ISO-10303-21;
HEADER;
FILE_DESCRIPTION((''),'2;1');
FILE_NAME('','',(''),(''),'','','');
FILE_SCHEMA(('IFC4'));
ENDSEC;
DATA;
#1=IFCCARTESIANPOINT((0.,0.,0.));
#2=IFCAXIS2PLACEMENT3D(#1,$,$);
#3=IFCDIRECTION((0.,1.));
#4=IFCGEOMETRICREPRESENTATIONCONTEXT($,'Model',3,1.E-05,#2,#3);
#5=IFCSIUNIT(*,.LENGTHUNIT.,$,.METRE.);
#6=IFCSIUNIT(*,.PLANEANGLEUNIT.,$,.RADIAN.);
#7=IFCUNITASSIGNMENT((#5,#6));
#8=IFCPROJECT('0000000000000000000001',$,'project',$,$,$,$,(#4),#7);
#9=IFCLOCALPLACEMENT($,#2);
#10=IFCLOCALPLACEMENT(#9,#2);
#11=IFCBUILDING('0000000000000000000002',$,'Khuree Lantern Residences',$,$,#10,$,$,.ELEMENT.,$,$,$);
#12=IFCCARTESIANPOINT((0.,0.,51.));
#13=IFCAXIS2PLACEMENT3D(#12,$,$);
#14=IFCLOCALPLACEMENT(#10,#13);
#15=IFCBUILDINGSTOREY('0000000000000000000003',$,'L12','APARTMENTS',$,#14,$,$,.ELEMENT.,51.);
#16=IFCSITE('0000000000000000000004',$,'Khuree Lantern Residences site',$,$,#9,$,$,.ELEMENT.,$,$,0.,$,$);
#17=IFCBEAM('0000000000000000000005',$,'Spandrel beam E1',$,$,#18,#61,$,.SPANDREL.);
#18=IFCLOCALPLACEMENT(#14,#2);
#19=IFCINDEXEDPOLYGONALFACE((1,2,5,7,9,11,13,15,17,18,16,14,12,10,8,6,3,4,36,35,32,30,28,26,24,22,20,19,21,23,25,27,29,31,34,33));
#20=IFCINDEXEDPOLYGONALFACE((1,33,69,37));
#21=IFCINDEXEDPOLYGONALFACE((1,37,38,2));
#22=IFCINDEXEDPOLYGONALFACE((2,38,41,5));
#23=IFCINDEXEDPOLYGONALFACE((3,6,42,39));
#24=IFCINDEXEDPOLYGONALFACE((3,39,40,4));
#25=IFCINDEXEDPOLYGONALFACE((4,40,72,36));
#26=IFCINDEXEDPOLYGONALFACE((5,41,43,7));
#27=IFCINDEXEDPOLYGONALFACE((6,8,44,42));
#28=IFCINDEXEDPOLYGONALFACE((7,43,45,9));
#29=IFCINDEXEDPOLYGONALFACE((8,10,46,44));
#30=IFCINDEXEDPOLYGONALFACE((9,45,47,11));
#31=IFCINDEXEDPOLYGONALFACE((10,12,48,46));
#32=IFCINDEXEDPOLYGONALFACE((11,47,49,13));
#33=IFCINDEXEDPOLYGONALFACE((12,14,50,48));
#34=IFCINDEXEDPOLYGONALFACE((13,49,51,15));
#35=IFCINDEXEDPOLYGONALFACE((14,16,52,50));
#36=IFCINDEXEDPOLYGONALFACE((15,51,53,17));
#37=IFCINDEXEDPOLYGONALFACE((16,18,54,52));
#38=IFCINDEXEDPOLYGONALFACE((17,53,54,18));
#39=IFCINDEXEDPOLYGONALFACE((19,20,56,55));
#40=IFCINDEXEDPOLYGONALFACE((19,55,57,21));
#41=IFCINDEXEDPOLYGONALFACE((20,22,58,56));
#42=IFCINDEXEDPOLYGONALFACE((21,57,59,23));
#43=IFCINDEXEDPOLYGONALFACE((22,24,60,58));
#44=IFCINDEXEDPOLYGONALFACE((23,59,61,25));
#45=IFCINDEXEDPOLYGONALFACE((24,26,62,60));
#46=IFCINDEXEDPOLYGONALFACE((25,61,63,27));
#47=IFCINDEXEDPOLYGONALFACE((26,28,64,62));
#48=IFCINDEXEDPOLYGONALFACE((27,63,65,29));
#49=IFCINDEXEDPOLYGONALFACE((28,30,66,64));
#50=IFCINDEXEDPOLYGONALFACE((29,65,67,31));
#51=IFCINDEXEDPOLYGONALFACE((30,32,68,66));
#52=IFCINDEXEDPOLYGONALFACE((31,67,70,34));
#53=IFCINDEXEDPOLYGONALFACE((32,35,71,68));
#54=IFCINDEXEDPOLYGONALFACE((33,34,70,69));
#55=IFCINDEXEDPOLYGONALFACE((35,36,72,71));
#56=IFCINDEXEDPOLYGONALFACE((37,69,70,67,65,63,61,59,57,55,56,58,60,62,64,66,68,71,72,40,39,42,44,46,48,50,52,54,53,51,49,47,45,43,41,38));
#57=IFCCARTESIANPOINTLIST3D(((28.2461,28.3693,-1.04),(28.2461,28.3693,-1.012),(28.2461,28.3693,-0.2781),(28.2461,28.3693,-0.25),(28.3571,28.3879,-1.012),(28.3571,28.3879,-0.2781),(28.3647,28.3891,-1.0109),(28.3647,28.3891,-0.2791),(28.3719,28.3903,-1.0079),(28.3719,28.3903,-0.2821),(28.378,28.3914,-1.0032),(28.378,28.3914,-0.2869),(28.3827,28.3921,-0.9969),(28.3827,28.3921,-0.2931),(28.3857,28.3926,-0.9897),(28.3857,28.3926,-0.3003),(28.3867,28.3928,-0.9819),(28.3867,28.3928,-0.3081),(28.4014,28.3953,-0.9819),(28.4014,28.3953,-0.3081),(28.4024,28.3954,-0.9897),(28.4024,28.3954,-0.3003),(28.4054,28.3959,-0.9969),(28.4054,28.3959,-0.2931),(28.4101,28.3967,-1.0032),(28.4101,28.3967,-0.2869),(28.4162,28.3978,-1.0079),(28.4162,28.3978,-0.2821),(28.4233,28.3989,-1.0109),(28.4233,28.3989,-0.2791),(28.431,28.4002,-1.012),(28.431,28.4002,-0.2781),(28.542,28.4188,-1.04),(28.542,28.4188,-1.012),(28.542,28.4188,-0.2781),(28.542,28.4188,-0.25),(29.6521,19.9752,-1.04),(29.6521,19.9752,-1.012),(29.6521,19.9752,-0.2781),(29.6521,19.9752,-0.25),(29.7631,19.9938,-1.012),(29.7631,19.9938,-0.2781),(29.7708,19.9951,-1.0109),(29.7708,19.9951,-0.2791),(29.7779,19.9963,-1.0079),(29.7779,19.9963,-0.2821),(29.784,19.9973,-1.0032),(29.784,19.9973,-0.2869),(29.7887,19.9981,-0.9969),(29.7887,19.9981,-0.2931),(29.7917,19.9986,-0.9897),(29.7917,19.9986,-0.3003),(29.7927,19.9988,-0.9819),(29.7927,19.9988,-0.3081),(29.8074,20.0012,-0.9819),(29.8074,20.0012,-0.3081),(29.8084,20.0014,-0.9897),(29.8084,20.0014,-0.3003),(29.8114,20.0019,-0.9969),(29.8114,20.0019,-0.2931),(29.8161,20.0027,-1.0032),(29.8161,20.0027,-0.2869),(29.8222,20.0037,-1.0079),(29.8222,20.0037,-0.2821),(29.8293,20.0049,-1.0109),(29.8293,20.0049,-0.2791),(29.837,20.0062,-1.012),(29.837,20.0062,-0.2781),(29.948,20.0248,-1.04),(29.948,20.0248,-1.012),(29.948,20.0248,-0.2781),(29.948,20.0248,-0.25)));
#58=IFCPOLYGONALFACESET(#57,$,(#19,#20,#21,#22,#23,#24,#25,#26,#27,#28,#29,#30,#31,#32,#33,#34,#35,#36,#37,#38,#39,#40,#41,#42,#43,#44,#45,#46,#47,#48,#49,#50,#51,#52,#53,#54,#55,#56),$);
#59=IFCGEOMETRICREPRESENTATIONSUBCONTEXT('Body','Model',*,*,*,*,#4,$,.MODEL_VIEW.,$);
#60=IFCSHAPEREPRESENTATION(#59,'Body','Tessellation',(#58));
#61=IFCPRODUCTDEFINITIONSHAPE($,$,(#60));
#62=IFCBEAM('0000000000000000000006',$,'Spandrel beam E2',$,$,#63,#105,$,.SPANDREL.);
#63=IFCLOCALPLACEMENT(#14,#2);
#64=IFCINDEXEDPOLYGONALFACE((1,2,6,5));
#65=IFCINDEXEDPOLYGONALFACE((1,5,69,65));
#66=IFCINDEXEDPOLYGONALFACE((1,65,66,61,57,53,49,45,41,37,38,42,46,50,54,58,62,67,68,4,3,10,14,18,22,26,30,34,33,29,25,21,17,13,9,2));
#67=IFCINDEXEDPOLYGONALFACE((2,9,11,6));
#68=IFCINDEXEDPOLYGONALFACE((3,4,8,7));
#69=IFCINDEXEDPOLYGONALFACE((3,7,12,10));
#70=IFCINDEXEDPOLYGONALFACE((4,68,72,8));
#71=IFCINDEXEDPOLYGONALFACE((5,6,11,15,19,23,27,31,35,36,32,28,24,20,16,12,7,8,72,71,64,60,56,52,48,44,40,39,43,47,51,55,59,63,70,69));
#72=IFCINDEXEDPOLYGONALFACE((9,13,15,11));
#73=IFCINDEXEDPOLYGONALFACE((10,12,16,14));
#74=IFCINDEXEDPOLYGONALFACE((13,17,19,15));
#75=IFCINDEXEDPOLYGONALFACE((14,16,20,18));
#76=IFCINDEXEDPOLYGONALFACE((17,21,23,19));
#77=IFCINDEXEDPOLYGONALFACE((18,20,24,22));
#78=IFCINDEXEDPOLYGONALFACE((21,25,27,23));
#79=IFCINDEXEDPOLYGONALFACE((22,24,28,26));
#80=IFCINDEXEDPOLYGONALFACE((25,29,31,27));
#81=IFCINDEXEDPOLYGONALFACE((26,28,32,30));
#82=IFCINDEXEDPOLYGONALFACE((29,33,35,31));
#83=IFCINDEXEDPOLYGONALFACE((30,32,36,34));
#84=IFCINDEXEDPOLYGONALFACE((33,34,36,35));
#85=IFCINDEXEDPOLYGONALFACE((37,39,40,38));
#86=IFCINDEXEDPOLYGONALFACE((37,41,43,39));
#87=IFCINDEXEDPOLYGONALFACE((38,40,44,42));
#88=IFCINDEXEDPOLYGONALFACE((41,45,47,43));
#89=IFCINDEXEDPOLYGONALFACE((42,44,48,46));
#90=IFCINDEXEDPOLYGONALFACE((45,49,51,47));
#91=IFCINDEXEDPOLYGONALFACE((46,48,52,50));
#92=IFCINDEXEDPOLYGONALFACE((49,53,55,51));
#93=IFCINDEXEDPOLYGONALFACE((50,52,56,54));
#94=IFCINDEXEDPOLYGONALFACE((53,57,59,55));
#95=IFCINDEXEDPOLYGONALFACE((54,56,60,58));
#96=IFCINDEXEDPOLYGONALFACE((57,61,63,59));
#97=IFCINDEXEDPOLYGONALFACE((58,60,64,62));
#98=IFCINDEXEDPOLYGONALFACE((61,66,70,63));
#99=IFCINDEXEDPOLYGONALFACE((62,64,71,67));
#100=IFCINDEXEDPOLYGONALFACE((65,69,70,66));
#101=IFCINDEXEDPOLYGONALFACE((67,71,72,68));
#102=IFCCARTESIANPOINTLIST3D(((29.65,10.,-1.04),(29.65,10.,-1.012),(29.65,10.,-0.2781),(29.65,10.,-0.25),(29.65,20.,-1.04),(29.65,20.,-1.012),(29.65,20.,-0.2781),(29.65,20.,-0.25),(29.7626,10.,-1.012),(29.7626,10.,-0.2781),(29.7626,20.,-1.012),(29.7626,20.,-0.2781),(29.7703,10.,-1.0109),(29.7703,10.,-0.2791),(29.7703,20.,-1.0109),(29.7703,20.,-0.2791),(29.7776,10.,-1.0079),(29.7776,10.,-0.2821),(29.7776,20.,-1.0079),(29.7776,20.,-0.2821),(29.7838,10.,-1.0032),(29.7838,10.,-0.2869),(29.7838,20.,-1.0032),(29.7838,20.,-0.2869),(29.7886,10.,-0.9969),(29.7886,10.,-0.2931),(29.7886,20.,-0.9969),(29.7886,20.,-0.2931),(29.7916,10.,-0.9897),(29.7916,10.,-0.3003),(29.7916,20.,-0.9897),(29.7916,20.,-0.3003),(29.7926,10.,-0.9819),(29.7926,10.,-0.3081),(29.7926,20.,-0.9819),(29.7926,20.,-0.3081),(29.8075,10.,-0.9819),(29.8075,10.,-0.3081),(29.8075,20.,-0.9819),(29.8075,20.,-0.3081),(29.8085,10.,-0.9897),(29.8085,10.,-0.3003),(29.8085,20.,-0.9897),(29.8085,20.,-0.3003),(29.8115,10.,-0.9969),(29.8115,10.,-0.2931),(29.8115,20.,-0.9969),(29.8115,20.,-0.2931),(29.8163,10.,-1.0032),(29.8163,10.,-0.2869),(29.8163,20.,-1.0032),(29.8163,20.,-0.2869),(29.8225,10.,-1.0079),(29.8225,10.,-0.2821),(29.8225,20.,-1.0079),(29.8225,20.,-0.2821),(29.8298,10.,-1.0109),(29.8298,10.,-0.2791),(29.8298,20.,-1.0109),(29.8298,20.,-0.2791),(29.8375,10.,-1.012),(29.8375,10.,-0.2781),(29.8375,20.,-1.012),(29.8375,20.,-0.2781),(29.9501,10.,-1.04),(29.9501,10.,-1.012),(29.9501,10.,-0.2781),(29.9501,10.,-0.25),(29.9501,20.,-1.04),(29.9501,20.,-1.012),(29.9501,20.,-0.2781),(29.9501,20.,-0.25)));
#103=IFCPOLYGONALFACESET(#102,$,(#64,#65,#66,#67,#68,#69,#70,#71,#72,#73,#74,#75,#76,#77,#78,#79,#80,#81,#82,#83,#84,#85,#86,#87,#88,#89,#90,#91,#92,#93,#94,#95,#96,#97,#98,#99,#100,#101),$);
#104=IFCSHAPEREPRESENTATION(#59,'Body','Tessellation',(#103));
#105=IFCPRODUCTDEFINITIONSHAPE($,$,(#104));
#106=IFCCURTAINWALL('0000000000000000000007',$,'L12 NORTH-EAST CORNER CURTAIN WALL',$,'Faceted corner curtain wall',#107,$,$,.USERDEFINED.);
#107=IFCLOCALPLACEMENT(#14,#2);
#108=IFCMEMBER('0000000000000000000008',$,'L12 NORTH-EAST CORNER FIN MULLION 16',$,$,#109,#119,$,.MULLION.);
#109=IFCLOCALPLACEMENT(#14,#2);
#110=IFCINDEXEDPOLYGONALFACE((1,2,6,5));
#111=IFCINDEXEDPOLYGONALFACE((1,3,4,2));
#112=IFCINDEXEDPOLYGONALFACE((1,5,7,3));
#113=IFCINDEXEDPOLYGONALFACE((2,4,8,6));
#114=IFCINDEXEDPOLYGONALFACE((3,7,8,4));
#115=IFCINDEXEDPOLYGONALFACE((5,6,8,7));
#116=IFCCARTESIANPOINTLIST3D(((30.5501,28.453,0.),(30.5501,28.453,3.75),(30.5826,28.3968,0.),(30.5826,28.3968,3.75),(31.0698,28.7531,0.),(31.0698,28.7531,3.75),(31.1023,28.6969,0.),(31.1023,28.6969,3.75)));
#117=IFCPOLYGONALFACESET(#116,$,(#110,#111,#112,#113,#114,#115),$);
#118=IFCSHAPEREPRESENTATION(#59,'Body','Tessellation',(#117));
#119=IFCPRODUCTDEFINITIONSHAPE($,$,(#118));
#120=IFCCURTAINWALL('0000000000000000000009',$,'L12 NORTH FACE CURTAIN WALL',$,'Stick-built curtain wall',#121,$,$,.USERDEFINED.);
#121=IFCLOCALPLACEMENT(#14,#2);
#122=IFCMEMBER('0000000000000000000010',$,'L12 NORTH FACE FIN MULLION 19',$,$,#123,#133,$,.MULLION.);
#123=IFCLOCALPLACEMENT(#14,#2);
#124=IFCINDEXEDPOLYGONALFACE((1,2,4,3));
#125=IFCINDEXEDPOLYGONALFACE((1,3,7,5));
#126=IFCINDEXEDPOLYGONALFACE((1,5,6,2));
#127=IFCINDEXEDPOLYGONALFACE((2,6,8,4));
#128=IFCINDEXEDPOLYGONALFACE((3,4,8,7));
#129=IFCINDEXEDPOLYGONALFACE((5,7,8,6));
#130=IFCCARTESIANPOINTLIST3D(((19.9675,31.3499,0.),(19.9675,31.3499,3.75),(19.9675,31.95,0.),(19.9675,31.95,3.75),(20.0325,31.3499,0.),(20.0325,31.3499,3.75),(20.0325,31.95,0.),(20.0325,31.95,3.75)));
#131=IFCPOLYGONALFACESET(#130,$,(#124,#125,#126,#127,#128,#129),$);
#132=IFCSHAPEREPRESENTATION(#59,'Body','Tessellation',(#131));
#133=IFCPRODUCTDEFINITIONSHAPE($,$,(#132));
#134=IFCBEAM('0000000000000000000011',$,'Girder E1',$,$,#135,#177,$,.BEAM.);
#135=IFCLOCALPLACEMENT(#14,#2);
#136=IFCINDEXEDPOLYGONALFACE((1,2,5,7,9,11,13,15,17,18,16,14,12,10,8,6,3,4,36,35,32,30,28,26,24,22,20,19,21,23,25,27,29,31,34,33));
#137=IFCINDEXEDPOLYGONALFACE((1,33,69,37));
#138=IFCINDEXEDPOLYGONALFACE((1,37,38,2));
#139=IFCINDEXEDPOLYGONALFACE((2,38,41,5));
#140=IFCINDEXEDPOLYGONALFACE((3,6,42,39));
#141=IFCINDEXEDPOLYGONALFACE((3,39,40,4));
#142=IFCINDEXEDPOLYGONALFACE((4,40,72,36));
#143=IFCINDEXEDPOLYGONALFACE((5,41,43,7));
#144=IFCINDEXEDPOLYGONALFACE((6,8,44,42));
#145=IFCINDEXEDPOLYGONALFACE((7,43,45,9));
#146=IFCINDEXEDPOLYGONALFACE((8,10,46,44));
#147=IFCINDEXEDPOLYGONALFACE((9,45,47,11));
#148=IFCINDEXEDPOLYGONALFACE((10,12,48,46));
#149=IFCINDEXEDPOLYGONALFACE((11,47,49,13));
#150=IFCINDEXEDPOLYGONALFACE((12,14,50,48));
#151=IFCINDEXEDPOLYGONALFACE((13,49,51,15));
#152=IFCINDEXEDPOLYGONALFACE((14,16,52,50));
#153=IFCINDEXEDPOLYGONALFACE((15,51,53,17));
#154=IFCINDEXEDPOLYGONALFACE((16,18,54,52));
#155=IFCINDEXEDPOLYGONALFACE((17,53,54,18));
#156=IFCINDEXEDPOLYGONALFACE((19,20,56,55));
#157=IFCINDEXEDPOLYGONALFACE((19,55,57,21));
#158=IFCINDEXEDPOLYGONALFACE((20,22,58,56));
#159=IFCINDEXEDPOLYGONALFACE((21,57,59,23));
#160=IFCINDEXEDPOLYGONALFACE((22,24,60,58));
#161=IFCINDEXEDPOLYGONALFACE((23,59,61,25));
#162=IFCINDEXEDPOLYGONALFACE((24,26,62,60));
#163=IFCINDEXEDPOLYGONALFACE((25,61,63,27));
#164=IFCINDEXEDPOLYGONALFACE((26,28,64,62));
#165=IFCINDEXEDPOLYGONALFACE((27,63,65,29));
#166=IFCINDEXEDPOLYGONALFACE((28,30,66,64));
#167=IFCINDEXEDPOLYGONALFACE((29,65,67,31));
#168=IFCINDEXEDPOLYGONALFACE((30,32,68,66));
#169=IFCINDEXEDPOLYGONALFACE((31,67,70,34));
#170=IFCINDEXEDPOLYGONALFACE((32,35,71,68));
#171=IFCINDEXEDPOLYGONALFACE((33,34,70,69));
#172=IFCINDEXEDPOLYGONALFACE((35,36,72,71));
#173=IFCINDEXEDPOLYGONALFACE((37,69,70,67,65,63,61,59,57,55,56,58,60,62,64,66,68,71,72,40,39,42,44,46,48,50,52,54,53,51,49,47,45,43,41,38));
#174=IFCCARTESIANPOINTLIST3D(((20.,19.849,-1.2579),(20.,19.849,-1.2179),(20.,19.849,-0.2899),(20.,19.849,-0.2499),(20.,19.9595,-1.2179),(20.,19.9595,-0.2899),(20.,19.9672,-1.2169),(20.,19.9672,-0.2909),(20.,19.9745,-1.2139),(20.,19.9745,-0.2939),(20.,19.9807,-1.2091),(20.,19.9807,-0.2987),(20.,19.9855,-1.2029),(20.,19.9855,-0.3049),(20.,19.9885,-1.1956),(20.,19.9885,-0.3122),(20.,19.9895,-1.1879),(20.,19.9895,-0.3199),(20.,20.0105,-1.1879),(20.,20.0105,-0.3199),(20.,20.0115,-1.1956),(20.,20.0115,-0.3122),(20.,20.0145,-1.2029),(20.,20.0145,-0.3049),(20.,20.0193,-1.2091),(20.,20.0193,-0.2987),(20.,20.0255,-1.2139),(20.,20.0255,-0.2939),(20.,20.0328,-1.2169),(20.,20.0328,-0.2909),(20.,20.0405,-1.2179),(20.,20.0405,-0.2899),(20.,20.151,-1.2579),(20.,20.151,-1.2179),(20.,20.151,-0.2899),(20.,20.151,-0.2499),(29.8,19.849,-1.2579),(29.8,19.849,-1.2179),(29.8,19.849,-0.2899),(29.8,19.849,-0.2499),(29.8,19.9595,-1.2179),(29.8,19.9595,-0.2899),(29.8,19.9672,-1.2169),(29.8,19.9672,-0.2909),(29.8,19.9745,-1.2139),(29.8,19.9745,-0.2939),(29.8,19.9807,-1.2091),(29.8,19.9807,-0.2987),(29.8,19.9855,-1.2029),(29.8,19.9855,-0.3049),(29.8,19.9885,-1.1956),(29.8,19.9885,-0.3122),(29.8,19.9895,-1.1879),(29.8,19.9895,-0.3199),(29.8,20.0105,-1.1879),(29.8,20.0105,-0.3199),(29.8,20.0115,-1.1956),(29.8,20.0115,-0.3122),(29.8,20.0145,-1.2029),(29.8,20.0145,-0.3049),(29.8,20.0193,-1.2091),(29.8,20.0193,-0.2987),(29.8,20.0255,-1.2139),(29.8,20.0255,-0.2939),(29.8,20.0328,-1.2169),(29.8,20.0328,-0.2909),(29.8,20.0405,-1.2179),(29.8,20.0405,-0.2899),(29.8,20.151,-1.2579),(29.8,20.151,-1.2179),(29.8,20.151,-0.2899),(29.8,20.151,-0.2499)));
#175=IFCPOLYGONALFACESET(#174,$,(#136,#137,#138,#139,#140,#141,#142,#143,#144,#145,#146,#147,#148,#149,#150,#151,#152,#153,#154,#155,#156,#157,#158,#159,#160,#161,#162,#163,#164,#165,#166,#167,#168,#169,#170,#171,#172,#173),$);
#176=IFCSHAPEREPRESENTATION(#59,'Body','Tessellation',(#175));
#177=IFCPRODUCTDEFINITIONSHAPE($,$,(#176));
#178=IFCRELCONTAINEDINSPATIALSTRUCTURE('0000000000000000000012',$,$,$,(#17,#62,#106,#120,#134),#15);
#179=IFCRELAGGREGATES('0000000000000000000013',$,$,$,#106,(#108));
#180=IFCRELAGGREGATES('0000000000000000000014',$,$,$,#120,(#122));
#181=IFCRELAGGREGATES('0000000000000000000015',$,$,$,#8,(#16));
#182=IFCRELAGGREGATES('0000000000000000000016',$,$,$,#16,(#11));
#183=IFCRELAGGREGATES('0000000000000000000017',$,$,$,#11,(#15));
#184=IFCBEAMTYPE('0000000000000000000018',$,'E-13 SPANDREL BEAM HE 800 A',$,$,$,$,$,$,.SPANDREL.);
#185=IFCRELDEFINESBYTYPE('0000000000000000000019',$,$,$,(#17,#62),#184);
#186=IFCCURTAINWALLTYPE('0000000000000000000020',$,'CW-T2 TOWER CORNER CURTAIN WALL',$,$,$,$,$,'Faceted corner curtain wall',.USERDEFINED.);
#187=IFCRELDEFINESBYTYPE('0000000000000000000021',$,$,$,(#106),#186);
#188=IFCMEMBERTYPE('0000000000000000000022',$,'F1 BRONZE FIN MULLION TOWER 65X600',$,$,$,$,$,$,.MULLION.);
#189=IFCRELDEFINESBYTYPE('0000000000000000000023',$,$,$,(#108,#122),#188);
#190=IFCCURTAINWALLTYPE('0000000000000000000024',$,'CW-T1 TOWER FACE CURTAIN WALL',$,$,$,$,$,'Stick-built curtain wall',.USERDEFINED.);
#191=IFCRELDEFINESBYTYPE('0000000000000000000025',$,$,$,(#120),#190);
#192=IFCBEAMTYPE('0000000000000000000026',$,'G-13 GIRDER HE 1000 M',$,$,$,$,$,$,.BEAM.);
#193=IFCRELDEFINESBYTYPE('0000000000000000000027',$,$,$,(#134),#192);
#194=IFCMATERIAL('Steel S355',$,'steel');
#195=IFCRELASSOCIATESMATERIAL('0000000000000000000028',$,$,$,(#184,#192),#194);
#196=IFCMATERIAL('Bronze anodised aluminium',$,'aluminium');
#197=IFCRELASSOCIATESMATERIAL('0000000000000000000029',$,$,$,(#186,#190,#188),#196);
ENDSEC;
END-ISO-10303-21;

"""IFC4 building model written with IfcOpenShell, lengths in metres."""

from ifc_helpers import new_model, si_unit, direction, frame, origin, origin_2d, place, context, subcontext, project, spatial, rectangle, i_section, extrude, material, material_profile, profile_set, type_object, element, aggregate, save


model = new_model("IFC4")

# Units and contexts
model_context = context("Model", 3, precision=1e-05, world=origin(), true_north=direction((0.0, 1.0)))
body_context = subcontext(model_context, "Body", "Model", "MODEL_VIEW")
ifc_project = project(units=[si_unit("LENGTHUNIT", "METRE"), si_unit("PLANEANGLEUNIT", "RADIAN")], contexts=[model_context])

# Site, building, storey
site_placement = place(None, origin())
site = spatial("IfcSite", under=ifc_project, at=site_placement, Name="Khuree Lantern Residences site", CompositionType="ELEMENT", RefElevation=0.0)
building_placement = place(site_placement, origin())
building = spatial("IfcBuilding", under=site, at=building_placement, Name="Khuree Lantern Residences", CompositionType="ELEMENT")
storey_placement = place(building_placement, frame((0.0, 0.0, 51.0)))
storey = spatial("IfcBuildingStorey", under=building, at=storey_placement, Name="L12", Description="APARTMENTS", CompositionType="ELEMENT", Elevation=51.0)

# Beams
ifc_material_1 = material(Name="Steel S355", Category="steel")
ifc_material_profile_1 = material_profile(ifc_material_1, i_section(OverallWidth=0.3, OverallDepth=0.79, WebThickness=0.0149, FlangeThickness=0.0281, FilletRadius=0.03, at=origin_2d()), Name="HE 800 A")
ifc_profile_set_1 = profile_set([ifc_material_profile_1], Name="Steel S355")
beam_type_1 = type_object("IfcBeamType", Name="E-13 SPANDREL BEAM HE 800 A", PredefinedType="SPANDREL", material=ifc_profile_set_1)
for number, where, z_axis, x_axis, name in (
    (1, (28.394, 28.394, -0.645), (0.165199, -0.98626, 0.0), (0.98626, 0.165199, 0.0), "Spandrel beam E1"),
):
    element("IfcBeam", number, at=place(storey_placement, frame(where, z_axis=z_axis, x_axis=x_axis)), inside=storey, type_object=beam_type_1, Name=name, PredefinedType="SPANDREL", context=body_context, shape_type="SweptSolid", body=[
        extrude(i_section(OverallWidth=0.3, OverallDepth=0.79, WebThickness=0.0149, FlangeThickness=0.0281, FilletRadius=0.03, at=origin_2d()), origin(), (0.0, 0.0, 1.0), 8.511),
    ])
beam_1_placement = place(storey_placement, frame((29.8, 20.0, -0.645), z_axis=(0.0, -1.0, 0.0), x_axis=(1.0, 0.0, 0.0)))
element("IfcBeam", 2, at=beam_1_placement, inside=storey, type_object=beam_type_1, Name="Spandrel beam E2", PredefinedType="SPANDREL", context=body_context, shape_type="SweptSolid", body=[
    extrude(i_section(OverallWidth=0.3, OverallDepth=0.79, WebThickness=0.0149, FlangeThickness=0.0281, FilletRadius=0.03, at=origin_2d()), origin(), (0.0, 0.0, 1.0), 10.0),
])

# Curtain walls, members
ifc_material_2 = material(Name="Bronze anodised aluminium", Category="aluminium")
curtain_wall_type_1 = type_object("IfcCurtainWallType", Name="CW-T2 TOWER CORNER CURTAIN WALL", ElementType="Faceted corner curtain wall", PredefinedType="USERDEFINED", material=ifc_material_2)
curtain_wall_1_placement = place(storey_placement, origin())
curtain_wall_1 = element("IfcCurtainWall", 3, at=curtain_wall_1_placement, inside=storey, type_object=curtain_wall_type_1, Name="L12 NORTH-EAST CORNER CURTAIN WALL", ObjectType="Faceted corner curtain wall", PredefinedType="USERDEFINED")
ifc_material_profile_2 = material_profile(ifc_material_2, rectangle(XDim=0.0649, YDim=0.6001, at=origin_2d()), Name="F1 65X600")
ifc_profile_set_2 = profile_set([ifc_material_profile_2], Name="Bronze anodised aluminium")
member_type_1 = type_object("IfcMemberType", Name="F1 BRONZE FIN MULLION TOWER 65X600", PredefinedType="MULLION", material=ifc_profile_set_2)
member_1_placement = place(storey_placement, frame((30.8262, 28.575, 0.0), z_axis=(0.0, 0.0, 1.0), x_axis=(-0.5, 0.866025, 0.0)))
member_1 = element("IfcMember", 4, at=member_1_placement, type_object=member_type_1, Name="L12 NORTH-EAST CORNER FIN MULLION 16", PredefinedType="MULLION", context=body_context, shape_type="SweptSolid", body=[
    extrude(rectangle(XDim=0.0649, YDim=0.6001, at=origin_2d()), origin(), (0.0, 0.0, 1.0), 3.75),
])
curtain_wall_type_2 = type_object("IfcCurtainWallType", Name="CW-T1 TOWER FACE CURTAIN WALL", ElementType="Stick-built curtain wall", PredefinedType="USERDEFINED", material=ifc_material_2)
curtain_wall_2_placement = place(storey_placement, origin())
curtain_wall_2 = element("IfcCurtainWall", 5, at=curtain_wall_2_placement, inside=storey, type_object=curtain_wall_type_2, Name="L12 NORTH FACE CURTAIN WALL", ObjectType="Stick-built curtain wall", PredefinedType="USERDEFINED")
member_2_placement = place(storey_placement, frame((20.0, 31.6499, 0.0), z_axis=(0.0, 0.0, 1.0), x_axis=(-1.0, 0.0, 0.0)))
member_2 = element("IfcMember", 6, at=member_2_placement, type_object=member_type_1, Name="L12 NORTH FACE FIN MULLION 19", PredefinedType="MULLION", context=body_context, shape_type="SweptSolid", body=[
    extrude(rectangle(XDim=0.0649, YDim=0.6001, at=origin_2d()), origin(), (0.0, 0.0, 1.0), 3.75),
])

# Beam
ifc_material_profile_3 = material_profile(ifc_material_1, i_section(OverallWidth=0.302, OverallDepth=1.0081, WebThickness=0.021, FlangeThickness=0.04, FilletRadius=0.03, at=origin_2d()), Name="HE 1000 M")
ifc_profile_set_3 = profile_set([ifc_material_profile_3], Name="Steel S355")
beam_type_2 = type_object("IfcBeamType", Name="G-13 GIRDER HE 1000 M", PredefinedType="BEAM", material=ifc_profile_set_3)
beam_2_placement = place(storey_placement, frame((29.8, 20.0, -0.7539), z_axis=(-1.0, 0.0, 0.0), x_axis=(0.0, -1.0, 0.0)))
element("IfcBeam", 7, at=beam_2_placement, inside=storey, type_object=beam_type_2, Name="Girder E1", PredefinedType="BEAM", context=body_context, shape_type="SweptSolid", body=[
    extrude(i_section(OverallWidth=0.302, OverallDepth=1.0081, WebThickness=0.021, FlangeThickness=0.04, FilletRadius=0.03, at=origin_2d()), origin(), (0.0, 0.0, 1.0), 9.8),
])

aggregate(curtain_wall_1, [member_1])
aggregate(curtain_wall_2, [member_2])

save(model, "model.ifc")
